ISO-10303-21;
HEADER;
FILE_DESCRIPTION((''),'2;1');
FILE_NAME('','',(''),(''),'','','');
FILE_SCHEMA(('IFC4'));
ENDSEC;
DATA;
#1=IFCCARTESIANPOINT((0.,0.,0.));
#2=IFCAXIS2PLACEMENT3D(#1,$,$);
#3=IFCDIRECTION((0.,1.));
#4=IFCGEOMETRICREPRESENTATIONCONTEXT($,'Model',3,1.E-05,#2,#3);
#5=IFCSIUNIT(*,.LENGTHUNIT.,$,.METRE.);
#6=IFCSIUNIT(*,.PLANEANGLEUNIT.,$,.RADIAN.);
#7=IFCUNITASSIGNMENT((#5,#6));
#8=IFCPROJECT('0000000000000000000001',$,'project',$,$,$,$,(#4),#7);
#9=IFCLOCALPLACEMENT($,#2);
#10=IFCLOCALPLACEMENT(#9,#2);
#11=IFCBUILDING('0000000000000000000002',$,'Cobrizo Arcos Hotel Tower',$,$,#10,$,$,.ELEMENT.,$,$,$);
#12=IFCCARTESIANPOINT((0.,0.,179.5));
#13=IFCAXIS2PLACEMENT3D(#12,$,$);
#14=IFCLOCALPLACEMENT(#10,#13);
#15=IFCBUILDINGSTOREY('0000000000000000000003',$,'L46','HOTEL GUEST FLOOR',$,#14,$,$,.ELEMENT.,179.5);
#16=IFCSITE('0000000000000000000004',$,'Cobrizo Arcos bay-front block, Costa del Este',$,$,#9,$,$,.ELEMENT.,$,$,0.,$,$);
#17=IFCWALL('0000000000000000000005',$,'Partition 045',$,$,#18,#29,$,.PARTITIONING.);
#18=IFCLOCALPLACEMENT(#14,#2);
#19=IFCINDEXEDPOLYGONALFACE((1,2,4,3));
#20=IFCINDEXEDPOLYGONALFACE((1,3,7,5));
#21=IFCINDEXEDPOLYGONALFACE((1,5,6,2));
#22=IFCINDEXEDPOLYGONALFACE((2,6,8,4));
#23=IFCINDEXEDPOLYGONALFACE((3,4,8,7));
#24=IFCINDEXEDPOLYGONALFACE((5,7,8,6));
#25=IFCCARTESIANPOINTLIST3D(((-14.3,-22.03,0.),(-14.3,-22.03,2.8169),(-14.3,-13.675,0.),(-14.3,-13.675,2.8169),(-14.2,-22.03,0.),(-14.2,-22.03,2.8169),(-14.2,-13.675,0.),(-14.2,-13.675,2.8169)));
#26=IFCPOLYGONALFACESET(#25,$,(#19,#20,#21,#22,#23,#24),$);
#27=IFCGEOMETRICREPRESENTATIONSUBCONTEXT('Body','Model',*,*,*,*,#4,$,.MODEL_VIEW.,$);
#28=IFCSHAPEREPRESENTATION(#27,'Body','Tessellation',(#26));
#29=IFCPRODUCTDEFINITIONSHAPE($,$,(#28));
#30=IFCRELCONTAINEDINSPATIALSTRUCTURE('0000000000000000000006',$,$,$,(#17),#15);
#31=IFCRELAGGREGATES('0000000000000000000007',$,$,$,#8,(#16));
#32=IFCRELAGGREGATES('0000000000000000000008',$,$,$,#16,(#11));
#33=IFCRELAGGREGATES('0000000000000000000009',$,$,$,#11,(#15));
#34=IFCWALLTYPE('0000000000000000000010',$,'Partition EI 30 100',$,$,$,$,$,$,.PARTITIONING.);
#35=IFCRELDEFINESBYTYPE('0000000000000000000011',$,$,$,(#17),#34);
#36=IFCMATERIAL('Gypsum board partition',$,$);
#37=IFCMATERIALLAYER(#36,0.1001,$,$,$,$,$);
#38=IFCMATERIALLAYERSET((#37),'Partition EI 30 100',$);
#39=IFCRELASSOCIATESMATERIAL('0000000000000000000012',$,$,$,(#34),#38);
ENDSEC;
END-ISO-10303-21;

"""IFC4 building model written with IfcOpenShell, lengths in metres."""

from ifc_helpers import new_model, si_unit, direction, frame, frame_2d, origin, place, context, subcontext, project, spatial, rectangle, extrude, material, layer, layer_set, type_object, element, save


model = new_model("IFC4")

# Units and contexts
model_context = context("Model", 3, precision=1e-05, world=origin(), true_north=direction((0.0, 1.0)))
body_context = subcontext(model_context, "Body", "Model", "MODEL_VIEW")
ifc_project = project(units=[si_unit("LENGTHUNIT", "METRE"), si_unit("PLANEANGLEUNIT", "RADIAN")], contexts=[model_context])

# Site, building, storey
site_placement = place(None, origin())
site = spatial("IfcSite", under=ifc_project, at=site_placement, Name="Cobrizo Arcos bay-front block, Costa del Este", CompositionType="ELEMENT", RefElevation=0.0)
building_placement = place(site_placement, origin())
building = spatial("IfcBuilding", under=site, at=building_placement, Name="Cobrizo Arcos Hotel Tower", CompositionType="ELEMENT")
storey_placement = place(building_placement, frame((0.0, 0.0, 179.5)))
storey = spatial("IfcBuildingStorey", under=building, at=storey_placement, Name="L46", Description="HOTEL GUEST FLOOR", CompositionType="ELEMENT", Elevation=179.5)

# Shared definitions
ifc_material_1 = material(Name="Gypsum board partition")
ifc_layer_1 = layer(ifc_material_1, 0.1001)
ifc_layer_set_1 = layer_set([ifc_layer_1], Name="Partition EI 30 100")
wall_type = type_object("IfcWallType", Name="Partition EI 30 100", PredefinedType="PARTITIONING", material=ifc_layer_set_1)

# Wall
wall_1_placement = place(storey_placement, frame((-14.25, -22.03, 0.0), z_axis=(0.0, 0.0, 1.0), x_axis=(0.0, 1.0, 0.0)))
element("IfcWall", 1, at=wall_1_placement, inside=storey, type_object=wall_type, Name="Partition 045", PredefinedType="PARTITIONING", context=body_context, shape_type="SweptSolid", body=[
    extrude(rectangle(XDim=8.355, YDim=0.1001, at=frame_2d((4.1775, 0.0))), origin(), (0.0, 0.0, 1.0), 2.8169),
])

save(model, "model.ifc")
